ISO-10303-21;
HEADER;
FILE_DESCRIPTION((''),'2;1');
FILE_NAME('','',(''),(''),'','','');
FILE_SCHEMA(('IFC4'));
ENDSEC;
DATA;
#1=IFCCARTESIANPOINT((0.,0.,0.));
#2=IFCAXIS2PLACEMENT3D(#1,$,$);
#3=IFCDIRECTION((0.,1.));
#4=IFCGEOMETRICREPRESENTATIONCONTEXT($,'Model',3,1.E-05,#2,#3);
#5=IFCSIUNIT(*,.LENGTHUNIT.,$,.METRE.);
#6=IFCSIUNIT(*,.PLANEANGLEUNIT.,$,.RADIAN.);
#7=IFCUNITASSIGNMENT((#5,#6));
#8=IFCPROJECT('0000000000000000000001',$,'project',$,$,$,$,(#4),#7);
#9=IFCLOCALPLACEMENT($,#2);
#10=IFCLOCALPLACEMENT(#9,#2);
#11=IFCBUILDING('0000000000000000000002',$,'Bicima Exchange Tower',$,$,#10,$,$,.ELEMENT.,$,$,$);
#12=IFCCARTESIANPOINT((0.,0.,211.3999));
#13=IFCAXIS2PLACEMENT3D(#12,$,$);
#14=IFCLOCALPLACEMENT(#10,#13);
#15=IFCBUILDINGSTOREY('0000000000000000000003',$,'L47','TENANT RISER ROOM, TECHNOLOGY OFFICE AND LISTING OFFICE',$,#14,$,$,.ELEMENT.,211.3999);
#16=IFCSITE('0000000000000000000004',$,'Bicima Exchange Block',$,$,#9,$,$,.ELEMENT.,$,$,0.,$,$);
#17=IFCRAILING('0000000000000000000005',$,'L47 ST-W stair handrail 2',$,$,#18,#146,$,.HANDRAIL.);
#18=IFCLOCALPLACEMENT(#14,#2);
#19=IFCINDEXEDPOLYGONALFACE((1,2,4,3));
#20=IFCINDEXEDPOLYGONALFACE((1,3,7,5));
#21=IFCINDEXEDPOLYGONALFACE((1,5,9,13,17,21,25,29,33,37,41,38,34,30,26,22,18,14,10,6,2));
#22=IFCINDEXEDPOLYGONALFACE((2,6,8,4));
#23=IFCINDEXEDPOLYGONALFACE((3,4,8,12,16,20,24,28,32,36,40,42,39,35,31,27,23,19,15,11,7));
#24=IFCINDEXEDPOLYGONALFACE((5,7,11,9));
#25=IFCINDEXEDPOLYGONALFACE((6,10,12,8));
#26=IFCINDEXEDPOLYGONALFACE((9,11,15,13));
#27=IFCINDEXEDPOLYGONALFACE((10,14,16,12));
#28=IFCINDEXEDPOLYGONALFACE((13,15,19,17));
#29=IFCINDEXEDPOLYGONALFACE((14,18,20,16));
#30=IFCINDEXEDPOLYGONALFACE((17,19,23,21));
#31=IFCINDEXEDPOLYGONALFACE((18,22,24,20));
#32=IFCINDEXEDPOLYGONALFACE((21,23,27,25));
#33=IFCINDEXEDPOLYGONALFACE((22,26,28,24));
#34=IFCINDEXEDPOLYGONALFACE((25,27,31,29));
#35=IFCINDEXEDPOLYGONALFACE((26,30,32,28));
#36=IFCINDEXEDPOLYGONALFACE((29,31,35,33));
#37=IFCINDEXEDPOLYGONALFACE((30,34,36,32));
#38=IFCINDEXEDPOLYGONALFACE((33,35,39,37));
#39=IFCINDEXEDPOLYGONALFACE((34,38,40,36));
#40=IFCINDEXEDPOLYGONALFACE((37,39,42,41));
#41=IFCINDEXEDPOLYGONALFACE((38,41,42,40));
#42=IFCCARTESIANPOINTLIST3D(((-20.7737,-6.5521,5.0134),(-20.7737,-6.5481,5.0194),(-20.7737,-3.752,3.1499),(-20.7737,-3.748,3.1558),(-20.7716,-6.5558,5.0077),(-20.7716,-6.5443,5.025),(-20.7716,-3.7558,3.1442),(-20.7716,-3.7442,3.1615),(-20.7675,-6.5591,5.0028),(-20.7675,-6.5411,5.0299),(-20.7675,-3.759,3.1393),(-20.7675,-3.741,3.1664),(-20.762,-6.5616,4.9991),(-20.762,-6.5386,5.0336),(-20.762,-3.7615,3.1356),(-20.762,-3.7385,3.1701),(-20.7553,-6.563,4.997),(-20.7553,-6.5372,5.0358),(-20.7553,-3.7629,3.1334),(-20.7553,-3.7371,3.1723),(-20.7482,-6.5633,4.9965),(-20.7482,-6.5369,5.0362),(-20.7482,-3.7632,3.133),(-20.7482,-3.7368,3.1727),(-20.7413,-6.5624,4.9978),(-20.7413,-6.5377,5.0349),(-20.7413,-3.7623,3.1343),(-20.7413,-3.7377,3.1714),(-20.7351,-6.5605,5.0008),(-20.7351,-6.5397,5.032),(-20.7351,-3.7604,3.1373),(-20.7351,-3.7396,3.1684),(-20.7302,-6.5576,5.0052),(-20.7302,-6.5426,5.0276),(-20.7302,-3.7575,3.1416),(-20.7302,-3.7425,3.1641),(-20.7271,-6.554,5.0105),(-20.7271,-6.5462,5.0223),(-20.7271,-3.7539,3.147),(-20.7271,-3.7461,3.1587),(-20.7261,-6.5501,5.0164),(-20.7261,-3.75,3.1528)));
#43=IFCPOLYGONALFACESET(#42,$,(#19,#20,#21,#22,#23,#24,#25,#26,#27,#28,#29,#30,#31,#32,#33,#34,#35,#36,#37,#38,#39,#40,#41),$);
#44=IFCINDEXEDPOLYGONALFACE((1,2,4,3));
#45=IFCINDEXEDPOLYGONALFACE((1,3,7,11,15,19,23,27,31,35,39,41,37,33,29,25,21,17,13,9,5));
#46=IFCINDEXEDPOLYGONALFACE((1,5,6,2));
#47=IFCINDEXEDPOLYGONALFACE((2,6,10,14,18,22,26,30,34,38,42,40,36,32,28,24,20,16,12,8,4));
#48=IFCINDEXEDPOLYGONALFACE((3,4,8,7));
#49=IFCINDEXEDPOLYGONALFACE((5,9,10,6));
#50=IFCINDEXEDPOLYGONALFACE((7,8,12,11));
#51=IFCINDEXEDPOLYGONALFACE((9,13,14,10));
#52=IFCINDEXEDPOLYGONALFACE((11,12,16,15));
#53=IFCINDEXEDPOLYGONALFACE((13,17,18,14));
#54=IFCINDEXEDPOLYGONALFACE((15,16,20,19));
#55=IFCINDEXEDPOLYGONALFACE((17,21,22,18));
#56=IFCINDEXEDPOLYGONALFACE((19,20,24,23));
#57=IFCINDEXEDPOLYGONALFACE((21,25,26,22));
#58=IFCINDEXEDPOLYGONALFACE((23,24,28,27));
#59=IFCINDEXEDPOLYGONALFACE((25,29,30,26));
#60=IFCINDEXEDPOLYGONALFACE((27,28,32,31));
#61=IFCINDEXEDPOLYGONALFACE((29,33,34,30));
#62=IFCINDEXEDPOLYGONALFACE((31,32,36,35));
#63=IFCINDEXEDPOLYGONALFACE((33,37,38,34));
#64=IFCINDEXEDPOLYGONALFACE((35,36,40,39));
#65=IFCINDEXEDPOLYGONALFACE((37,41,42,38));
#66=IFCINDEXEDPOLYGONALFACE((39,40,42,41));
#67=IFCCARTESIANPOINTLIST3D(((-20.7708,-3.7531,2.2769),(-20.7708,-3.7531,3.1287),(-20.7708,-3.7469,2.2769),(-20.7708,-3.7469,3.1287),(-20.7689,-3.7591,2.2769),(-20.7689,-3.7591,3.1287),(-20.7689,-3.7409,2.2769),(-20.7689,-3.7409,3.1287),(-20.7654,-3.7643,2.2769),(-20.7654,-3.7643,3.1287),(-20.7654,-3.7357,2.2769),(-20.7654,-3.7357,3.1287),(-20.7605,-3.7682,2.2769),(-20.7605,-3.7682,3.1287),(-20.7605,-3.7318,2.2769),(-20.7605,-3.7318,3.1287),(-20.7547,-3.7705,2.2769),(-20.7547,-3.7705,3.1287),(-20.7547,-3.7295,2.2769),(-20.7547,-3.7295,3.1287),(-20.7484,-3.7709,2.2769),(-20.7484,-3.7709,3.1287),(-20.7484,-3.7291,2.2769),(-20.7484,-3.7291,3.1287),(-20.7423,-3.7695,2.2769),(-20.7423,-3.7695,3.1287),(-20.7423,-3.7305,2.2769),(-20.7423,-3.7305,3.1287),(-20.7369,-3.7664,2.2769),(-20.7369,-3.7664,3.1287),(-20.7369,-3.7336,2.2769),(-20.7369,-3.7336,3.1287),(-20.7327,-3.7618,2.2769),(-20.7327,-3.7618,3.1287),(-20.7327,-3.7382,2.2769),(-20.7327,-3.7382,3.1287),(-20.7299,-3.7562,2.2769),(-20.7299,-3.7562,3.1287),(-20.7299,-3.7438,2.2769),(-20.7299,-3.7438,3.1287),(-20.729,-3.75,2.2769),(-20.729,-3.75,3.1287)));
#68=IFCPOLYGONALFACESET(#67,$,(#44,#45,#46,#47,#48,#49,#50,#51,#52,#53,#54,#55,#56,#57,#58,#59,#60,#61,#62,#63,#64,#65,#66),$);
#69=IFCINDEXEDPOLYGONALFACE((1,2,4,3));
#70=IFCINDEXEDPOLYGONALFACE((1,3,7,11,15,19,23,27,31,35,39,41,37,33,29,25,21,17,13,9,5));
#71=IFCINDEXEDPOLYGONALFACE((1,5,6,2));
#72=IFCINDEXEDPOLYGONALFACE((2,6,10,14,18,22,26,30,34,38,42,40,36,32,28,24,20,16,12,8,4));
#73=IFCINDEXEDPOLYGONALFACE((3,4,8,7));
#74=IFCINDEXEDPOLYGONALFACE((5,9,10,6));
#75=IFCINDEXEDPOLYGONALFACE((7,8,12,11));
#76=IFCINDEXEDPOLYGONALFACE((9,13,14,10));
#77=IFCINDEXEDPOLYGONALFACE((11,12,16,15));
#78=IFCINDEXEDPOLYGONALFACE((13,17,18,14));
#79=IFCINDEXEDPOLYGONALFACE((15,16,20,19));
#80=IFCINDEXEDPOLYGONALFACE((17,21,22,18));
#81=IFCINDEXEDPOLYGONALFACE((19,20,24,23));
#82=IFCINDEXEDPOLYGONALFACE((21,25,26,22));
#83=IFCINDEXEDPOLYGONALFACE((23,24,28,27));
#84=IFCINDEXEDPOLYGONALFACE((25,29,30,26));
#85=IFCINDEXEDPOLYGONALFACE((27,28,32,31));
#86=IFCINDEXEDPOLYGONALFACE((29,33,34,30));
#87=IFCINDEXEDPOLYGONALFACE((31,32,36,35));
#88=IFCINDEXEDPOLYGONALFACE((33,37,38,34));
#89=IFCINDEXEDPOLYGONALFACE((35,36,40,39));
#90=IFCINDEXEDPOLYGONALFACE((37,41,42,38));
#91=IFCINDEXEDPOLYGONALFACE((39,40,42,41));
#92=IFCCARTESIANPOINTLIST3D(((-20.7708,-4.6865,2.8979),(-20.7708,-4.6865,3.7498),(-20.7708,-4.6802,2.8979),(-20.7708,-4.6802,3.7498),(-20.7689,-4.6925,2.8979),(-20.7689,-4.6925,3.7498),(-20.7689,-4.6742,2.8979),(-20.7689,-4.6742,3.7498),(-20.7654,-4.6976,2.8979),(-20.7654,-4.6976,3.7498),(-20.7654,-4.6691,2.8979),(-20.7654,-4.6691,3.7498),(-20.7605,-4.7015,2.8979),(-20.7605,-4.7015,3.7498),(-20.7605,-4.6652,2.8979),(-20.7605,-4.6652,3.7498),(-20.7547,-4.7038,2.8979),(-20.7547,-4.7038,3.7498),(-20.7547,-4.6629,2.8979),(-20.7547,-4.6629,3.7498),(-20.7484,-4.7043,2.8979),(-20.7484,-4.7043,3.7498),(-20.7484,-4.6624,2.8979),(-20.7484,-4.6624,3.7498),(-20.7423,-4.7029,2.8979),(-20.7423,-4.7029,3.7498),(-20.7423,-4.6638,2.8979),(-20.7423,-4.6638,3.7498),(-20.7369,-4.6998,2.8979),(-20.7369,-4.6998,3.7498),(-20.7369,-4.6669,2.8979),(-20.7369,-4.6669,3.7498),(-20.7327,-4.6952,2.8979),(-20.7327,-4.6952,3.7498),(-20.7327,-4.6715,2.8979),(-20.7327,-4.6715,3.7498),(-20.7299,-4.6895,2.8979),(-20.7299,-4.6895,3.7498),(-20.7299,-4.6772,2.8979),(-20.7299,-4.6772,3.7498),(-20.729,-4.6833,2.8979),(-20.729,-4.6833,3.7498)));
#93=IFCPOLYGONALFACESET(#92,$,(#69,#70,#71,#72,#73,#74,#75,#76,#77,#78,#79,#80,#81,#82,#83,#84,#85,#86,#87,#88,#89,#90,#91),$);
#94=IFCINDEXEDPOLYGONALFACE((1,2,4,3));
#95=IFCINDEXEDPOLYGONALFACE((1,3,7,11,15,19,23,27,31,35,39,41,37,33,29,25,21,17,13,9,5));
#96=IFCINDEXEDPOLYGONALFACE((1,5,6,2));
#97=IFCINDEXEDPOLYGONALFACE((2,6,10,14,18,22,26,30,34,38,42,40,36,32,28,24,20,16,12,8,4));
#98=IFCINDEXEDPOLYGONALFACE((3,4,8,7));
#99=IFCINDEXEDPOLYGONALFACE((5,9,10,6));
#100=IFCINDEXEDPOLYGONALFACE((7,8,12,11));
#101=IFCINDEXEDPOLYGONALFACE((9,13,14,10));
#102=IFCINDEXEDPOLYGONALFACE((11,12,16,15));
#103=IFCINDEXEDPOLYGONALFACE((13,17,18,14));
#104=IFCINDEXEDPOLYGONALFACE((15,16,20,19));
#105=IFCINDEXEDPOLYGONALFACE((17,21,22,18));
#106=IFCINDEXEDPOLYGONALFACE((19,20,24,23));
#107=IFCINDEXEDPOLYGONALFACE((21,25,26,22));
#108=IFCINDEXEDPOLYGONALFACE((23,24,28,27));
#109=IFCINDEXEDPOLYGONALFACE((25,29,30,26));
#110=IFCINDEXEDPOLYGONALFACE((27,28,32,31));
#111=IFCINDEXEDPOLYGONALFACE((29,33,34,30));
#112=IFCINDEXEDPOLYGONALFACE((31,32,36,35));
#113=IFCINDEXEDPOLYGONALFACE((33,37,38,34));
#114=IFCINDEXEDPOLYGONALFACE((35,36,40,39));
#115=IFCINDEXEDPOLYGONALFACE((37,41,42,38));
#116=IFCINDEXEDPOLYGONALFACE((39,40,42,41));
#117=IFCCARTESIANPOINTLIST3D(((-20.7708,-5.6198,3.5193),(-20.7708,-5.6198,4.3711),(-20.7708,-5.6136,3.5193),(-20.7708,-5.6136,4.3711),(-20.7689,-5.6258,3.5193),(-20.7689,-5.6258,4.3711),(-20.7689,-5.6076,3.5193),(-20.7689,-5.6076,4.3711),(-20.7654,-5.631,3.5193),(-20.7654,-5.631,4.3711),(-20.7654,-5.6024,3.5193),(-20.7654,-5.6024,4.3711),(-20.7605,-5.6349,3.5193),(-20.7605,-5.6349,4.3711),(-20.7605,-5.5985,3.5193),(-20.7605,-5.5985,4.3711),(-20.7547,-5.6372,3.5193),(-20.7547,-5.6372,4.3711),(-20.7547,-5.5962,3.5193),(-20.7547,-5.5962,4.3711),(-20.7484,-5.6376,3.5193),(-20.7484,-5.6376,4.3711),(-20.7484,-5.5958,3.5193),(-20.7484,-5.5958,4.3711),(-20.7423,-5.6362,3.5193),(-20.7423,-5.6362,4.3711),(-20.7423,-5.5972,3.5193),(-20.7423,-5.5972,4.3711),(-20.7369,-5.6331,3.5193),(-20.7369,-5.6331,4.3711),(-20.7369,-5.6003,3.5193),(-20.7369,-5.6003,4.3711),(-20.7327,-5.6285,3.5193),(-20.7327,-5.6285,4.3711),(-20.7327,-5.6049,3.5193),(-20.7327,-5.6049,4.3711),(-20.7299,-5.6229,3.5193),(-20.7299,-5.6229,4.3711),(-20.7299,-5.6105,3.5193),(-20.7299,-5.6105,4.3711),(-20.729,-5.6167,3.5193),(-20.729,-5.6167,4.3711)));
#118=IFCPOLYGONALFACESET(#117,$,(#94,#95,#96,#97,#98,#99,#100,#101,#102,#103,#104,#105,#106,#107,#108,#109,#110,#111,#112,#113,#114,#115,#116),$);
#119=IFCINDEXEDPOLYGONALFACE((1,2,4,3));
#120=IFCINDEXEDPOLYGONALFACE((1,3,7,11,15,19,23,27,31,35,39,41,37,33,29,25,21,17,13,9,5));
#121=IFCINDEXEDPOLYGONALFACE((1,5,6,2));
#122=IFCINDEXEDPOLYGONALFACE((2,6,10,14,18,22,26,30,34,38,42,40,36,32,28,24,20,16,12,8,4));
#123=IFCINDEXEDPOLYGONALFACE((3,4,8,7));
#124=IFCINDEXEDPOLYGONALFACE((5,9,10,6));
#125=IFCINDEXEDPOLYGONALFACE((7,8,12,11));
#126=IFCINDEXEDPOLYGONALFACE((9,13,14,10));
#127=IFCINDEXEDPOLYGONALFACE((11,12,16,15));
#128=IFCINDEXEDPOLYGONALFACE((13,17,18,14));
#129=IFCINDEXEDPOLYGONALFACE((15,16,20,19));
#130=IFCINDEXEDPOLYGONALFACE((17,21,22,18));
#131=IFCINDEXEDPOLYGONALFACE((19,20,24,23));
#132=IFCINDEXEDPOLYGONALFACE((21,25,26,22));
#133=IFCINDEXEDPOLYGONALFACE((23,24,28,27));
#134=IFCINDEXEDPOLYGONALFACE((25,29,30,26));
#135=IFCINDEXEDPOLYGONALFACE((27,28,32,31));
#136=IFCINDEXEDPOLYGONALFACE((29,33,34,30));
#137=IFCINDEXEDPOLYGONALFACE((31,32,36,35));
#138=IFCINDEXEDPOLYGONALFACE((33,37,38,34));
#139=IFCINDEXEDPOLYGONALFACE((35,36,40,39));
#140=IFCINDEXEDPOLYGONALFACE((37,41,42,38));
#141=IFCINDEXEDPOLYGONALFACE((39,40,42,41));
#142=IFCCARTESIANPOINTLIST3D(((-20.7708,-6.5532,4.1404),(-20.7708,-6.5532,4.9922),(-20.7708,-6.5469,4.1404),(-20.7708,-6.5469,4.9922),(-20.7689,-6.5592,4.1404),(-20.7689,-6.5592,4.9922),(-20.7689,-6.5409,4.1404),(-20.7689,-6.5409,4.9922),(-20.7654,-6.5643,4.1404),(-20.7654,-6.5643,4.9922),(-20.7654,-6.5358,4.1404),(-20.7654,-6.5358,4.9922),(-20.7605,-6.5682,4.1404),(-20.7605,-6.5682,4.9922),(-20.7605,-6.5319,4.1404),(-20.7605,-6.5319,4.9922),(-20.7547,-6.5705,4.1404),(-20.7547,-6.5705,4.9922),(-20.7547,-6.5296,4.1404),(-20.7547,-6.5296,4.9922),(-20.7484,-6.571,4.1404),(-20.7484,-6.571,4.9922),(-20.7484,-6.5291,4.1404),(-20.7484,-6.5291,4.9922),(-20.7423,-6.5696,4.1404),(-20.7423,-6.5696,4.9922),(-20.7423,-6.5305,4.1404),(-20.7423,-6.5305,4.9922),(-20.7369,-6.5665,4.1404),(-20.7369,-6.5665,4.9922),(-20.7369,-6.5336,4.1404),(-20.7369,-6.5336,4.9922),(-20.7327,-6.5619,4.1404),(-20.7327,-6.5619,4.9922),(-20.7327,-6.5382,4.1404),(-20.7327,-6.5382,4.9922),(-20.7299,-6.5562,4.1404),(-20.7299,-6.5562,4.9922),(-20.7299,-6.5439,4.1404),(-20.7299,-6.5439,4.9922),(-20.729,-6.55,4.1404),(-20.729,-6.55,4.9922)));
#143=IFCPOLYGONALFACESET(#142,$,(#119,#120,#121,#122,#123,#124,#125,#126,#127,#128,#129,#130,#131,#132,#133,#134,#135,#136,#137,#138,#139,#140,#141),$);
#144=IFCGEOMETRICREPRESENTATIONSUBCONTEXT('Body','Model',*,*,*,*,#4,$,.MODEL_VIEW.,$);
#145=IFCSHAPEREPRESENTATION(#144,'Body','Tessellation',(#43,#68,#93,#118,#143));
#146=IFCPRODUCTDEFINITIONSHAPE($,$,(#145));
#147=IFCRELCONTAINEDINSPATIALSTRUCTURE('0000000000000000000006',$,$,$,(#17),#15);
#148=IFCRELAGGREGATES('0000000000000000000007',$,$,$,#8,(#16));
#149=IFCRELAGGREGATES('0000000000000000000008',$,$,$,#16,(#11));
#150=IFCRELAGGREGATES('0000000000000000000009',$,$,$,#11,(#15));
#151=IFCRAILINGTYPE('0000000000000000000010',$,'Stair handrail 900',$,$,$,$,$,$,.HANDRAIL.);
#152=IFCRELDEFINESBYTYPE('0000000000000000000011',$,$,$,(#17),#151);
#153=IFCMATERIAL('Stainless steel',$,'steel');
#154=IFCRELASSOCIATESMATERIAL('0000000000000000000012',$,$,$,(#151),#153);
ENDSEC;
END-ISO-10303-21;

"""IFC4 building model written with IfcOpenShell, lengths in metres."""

from ifc_helpers import new_model, si_unit, direction, frame, origin, origin_2d, place, context, subcontext, project, spatial, circle, extrude, material, type_object, element, save


model = new_model("IFC4")

# Units and contexts
model_context = context("Model", 3, precision=1e-05, world=origin(), true_north=direction((0.0, 1.0)))
body_context = subcontext(model_context, "Body", "Model", "MODEL_VIEW")
ifc_project = project(units=[si_unit("LENGTHUNIT", "METRE"), si_unit("PLANEANGLEUNIT", "RADIAN")], contexts=[model_context])

# Site, building, storey
site_placement = place(None, origin())
site = spatial("IfcSite", under=ifc_project, at=site_placement, Name="Bicima Exchange Block", CompositionType="ELEMENT", RefElevation=0.0)
building_placement = place(site_placement, origin())
building = spatial("IfcBuilding", under=site, at=building_placement, Name="Bicima Exchange Tower", CompositionType="ELEMENT")
storey_placement = place(building_placement, frame((0.0, 0.0, 211.3999)))
storey = spatial("IfcBuildingStorey", under=building, at=storey_placement, Name="L47", Description="TENANT RISER ROOM, TECHNOLOGY OFFICE AND LISTING OFFICE", CompositionType="ELEMENT", Elevation=211.3999)

# Railing
ifc_material_1 = material(Name="Stainless steel", Category="steel")
railing_type = type_object("IfcRailingType", Name="Stair handrail 900", PredefinedType="HANDRAIL", material=ifc_material_1)
railing_placement = place(storey_placement, frame((-20.75, -3.75, 2.2769)))
element("IfcRailing", 1, at=railing_placement, inside=storey, type_object=railing_type, Name="L47 ST-W stair handrail 2", PredefinedType="HANDRAIL", context=body_context, shape_type="SweptSolid", body=[
    extrude(circle(Radius=0.0239, at=origin_2d()), frame((0.0, 0.0, 0.876), z_axis=(0.0, -0.832486, 0.554047), x_axis=(1.0, 0.0, 0.0)), (0.0, 0.0, 1.0), 3.3635),
    extrude(circle(Radius=0.021, at=origin_2d()), origin(), (0.0, 0.0, 1.0), 0.8518),
    extrude(circle(Radius=0.021, at=origin_2d()), frame((0.0, -0.9333, 0.6211)), (0.0, 0.0, 1.0), 0.8518),
    extrude(circle(Radius=0.021, at=origin_2d()), frame((0.0, -1.8667, 1.2424)), (0.0, 0.0, 1.0), 0.8518),
    extrude(circle(Radius=0.021, at=origin_2d()), frame((0.0, -2.8, 1.8635)), (0.0, 0.0, 1.0), 0.8518),
])

save(model, "model.ifc")
